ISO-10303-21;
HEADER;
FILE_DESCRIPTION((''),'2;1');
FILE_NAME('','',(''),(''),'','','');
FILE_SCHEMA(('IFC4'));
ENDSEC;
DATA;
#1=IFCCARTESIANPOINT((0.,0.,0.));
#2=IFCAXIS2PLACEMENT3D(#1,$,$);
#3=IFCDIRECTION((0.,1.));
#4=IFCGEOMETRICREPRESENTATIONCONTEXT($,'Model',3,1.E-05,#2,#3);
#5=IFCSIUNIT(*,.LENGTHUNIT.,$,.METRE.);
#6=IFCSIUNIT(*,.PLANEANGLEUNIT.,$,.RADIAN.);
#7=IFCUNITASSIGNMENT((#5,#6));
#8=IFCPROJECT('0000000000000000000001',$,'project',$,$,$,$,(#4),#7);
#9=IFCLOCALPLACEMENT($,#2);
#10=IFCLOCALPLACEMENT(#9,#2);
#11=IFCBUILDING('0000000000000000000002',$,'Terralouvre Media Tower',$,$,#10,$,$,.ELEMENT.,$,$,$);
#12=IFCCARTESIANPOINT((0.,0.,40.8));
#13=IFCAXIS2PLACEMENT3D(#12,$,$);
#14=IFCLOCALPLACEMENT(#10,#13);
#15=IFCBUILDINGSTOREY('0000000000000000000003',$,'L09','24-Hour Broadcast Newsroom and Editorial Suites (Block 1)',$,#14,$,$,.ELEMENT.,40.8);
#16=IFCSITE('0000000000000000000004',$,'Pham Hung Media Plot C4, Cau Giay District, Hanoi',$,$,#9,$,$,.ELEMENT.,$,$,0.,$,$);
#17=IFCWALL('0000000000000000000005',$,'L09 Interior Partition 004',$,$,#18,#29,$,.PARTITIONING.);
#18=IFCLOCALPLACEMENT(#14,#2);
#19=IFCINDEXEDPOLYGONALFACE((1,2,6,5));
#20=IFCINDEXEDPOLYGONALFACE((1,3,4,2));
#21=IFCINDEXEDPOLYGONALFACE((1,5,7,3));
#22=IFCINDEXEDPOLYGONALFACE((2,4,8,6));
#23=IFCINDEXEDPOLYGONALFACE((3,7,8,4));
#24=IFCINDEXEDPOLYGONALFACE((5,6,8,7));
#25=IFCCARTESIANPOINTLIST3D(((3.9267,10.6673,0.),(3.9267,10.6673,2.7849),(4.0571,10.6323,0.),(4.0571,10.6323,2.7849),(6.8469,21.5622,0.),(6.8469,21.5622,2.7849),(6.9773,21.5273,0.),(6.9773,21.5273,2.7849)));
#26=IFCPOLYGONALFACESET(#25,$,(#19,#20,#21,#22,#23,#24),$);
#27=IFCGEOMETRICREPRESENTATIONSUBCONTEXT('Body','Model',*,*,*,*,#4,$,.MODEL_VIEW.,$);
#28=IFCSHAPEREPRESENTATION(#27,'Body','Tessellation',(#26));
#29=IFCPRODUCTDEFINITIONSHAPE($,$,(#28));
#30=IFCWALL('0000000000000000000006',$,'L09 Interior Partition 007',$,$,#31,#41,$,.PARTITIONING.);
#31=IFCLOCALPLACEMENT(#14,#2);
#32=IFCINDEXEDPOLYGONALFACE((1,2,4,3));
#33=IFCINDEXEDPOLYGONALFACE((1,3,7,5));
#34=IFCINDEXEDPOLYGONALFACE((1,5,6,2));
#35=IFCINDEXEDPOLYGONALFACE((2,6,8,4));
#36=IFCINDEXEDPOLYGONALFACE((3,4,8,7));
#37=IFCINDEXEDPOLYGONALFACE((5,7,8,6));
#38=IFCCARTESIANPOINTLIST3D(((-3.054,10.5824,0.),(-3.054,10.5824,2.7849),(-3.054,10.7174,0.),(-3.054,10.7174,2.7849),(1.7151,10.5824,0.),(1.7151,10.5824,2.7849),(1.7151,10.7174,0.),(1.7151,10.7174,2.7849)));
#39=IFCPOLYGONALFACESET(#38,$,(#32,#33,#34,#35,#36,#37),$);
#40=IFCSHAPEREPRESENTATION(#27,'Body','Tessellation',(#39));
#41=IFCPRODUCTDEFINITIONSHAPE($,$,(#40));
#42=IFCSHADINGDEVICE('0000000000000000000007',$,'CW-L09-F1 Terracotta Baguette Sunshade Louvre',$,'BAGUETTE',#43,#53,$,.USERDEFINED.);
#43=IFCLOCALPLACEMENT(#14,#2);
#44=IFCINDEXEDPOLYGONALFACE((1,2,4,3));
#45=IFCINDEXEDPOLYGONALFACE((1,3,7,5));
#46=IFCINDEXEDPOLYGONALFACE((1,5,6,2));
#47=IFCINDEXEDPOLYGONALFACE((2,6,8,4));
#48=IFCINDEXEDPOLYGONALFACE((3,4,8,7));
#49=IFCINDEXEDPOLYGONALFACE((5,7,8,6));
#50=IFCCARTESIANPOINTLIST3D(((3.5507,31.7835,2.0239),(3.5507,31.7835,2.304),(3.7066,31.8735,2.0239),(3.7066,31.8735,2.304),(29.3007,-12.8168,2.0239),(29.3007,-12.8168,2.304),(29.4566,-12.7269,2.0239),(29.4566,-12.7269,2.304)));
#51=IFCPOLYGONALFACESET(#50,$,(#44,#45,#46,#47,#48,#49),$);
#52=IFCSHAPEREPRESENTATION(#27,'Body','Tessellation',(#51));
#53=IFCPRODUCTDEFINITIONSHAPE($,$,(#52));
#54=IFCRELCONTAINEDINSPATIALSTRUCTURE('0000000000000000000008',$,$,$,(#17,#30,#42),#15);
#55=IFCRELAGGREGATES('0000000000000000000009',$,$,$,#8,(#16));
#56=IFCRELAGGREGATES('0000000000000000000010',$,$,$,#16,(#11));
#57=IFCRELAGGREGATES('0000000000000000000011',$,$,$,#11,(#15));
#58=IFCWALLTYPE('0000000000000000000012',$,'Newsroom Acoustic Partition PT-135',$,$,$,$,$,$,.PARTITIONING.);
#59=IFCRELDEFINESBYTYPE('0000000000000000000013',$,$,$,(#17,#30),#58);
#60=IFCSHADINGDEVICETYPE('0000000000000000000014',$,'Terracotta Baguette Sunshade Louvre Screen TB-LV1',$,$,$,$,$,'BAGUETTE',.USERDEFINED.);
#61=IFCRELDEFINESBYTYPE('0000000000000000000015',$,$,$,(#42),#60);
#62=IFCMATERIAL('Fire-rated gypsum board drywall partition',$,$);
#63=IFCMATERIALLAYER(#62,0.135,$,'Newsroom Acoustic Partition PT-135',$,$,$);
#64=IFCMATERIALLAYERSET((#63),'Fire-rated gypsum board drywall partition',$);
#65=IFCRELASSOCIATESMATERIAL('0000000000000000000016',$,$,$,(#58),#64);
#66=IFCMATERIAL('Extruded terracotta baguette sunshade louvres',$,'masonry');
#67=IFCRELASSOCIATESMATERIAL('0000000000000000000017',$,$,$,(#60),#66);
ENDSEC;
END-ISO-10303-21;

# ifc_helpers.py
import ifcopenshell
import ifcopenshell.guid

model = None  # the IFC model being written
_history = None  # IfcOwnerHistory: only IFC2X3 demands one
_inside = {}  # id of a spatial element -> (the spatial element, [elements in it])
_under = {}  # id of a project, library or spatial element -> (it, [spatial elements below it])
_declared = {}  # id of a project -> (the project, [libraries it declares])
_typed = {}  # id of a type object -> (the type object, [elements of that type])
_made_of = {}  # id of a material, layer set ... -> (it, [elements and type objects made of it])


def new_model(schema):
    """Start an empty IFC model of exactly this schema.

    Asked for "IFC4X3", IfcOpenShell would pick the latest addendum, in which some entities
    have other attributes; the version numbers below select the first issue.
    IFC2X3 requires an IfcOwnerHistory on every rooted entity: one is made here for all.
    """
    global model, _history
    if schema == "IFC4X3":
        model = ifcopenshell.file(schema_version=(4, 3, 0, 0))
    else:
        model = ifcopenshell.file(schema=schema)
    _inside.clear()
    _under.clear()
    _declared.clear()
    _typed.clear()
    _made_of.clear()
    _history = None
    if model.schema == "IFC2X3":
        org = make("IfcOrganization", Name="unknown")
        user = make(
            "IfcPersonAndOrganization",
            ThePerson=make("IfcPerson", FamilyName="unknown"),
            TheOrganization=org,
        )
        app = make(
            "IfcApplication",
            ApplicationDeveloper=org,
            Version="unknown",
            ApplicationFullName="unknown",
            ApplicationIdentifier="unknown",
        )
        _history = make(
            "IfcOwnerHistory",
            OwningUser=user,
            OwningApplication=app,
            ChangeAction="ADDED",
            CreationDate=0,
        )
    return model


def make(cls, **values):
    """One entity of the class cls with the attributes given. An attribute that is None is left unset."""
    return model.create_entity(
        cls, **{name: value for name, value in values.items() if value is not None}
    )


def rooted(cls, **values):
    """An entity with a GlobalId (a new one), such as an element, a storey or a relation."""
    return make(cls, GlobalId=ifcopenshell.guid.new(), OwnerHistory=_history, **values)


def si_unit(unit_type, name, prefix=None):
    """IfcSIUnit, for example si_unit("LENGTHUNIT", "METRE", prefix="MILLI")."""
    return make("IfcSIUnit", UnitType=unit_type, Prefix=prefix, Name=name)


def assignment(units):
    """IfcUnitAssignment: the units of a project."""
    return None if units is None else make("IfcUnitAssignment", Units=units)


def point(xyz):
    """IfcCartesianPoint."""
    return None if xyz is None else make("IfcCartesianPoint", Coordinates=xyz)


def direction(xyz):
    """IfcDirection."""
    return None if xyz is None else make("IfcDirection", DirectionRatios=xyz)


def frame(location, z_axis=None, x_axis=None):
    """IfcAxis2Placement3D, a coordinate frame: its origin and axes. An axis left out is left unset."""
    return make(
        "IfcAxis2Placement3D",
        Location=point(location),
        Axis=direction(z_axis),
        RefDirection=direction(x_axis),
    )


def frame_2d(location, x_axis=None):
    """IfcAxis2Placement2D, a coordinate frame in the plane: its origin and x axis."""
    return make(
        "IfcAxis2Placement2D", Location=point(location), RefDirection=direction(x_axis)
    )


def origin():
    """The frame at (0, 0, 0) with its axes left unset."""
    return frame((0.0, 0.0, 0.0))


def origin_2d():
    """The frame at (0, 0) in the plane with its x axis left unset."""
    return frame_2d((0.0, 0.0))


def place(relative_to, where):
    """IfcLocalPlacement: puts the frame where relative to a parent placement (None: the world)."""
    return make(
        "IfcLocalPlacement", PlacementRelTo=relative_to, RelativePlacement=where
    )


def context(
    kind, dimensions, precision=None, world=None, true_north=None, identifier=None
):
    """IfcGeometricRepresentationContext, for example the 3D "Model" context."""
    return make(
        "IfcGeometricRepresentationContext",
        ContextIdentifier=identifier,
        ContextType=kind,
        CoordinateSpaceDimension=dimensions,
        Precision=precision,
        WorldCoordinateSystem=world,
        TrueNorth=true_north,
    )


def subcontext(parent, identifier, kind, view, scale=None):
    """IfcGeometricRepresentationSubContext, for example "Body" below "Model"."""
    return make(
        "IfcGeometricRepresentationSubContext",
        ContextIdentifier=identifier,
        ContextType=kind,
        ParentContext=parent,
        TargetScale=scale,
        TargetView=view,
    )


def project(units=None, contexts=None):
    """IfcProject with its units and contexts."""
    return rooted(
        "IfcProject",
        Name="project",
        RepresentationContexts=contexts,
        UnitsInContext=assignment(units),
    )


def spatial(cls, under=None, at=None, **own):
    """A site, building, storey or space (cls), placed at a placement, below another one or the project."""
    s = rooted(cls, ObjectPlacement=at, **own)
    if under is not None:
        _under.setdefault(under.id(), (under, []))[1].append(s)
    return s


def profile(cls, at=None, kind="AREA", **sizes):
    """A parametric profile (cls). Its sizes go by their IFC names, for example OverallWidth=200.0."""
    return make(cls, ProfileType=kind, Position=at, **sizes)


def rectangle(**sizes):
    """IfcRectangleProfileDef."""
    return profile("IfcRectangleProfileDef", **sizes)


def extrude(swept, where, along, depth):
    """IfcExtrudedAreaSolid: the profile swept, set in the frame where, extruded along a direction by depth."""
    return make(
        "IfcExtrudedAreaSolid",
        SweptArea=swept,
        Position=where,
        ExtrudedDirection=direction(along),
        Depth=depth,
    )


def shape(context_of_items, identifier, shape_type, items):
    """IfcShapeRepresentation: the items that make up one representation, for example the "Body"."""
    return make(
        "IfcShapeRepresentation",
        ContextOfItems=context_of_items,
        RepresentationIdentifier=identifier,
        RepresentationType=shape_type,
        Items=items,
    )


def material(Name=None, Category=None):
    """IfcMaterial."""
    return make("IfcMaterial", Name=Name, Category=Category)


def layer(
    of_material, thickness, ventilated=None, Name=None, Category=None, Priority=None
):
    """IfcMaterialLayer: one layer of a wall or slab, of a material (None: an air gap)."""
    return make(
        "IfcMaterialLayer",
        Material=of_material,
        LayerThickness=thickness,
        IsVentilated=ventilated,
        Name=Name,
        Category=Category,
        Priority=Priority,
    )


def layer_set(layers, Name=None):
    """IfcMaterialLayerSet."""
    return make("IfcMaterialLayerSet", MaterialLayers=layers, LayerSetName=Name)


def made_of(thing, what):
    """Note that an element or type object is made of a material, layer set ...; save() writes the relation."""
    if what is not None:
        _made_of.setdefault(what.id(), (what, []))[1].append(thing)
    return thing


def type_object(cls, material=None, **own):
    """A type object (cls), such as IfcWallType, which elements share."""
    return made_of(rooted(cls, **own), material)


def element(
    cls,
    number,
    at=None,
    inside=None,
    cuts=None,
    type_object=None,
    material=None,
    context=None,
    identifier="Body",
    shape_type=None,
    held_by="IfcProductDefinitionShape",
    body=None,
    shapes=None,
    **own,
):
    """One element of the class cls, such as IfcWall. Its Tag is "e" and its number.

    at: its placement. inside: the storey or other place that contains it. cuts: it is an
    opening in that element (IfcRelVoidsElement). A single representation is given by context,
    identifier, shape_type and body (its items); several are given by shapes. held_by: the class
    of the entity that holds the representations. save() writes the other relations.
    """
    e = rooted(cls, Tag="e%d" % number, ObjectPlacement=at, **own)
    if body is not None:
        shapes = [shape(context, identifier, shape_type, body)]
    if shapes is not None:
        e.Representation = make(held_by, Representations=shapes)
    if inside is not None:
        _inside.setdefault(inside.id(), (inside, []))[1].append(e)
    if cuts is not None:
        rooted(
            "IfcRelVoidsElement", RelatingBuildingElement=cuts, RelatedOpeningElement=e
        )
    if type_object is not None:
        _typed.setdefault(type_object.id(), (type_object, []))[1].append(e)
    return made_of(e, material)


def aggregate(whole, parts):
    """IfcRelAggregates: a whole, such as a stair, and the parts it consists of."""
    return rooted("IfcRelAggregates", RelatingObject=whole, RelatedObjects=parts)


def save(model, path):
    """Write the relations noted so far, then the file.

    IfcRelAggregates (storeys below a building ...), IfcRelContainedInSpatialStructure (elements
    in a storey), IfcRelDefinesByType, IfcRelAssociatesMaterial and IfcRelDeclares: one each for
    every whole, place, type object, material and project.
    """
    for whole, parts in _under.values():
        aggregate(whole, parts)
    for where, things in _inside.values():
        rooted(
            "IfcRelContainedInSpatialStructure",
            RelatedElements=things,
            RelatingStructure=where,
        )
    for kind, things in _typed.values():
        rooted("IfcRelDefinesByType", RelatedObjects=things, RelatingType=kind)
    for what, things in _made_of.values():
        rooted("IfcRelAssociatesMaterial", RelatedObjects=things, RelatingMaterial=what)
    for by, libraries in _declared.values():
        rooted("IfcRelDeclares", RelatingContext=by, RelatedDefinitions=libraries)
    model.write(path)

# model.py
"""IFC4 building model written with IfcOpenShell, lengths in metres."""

from ifc_helpers import new_model, si_unit, direction, frame, frame_2d, origin, origin_2d, place, context, subcontext, project, spatial, rectangle, extrude, material, layer, layer_set, type_object, element, save


model = new_model("IFC4")

# Units and contexts
model_context = context("Model", 3, precision=1e-05, world=origin(), true_north=direction((0.0, 1.0)))
body_context = subcontext(model_context, "Body", "Model", "MODEL_VIEW")
ifc_project = project(units=[si_unit("LENGTHUNIT", "METRE"), si_unit("PLANEANGLEUNIT", "RADIAN")], contexts=[model_context])

# Site, building, storey
site_placement = place(None, origin())
site = spatial("IfcSite", under=ifc_project, at=site_placement, Name="Pham Hung Media Plot C4, Cau Giay District, Hanoi", CompositionType="ELEMENT", RefElevation=0.0)
building_placement = place(site_placement, origin())
building = spatial("IfcBuilding", under=site, at=building_placement, Name="Terralouvre Media Tower", CompositionType="ELEMENT")
storey_placement = place(building_placement, frame((0.0, 0.0, 40.8)))
storey = spatial("IfcBuildingStorey", under=building, at=storey_placement, Name="L09", Description="24-Hour Broadcast Newsroom and Editorial Suites (Block 1)", CompositionType="ELEMENT", Elevation=40.8)

# Walls
ifc_material_1 = material(Name="Fire-rated gypsum board drywall partition")
ifc_layer_1 = layer(ifc_material_1, 0.135, Name="Newsroom Acoustic Partition PT-135")
ifc_layer_set_1 = layer_set([ifc_layer_1], Name="Fire-rated gypsum board drywall partition")
wall_type = type_object("IfcWallType", Name="Newsroom Acoustic Partition PT-135", PredefinedType="PARTITIONING", material=ifc_layer_set_1)
wall_1_placement = place(storey_placement, frame((3.9919, 10.6499, 0.0), z_axis=(0.0, 0.0, 1.0), x_axis=(0.25889, 0.965907, 0.0)))
element("IfcWall", 1, at=wall_1_placement, inside=storey, type_object=wall_type, Name="L09 Interior Partition 004", PredefinedType="PARTITIONING", context=body_context, shape_type="SweptSolid", body=[
    extrude(rectangle(XDim=11.2795, YDim=0.135, at=frame_2d((5.6396, 0.0))), origin(), (0.0, 0.0, 1.0), 2.7849),
])
wall_2_placement = place(storey_placement, frame((1.7151, 10.6499, 0.0), z_axis=(0.0, 0.0, 1.0), x_axis=(-1.0, 0.0, 0.0)))
element("IfcWall", 2, at=wall_2_placement, inside=storey, type_object=wall_type, Name="L09 Interior Partition 007", PredefinedType="PARTITIONING", context=body_context, shape_type="SweptSolid", body=[
    extrude(rectangle(XDim=4.769, YDim=0.135, at=frame_2d((2.3845, 0.0))), origin(), (0.0, 0.0, 1.0), 2.7849),
])

# Shading device
ifc_material_2 = material(Name="Extruded terracotta baguette sunshade louvres", Category="masonry")
shading_device_type = type_object("IfcShadingDeviceType", Name="Terracotta Baguette Sunshade Louvre Screen TB-LV1", ElementType="BAGUETTE", PredefinedType="USERDEFINED", material=ifc_material_2)
shading_device_placement = place(storey_placement, frame((16.5037, 9.5283, 2.0239), z_axis=(0.0, 0.0, 1.0), x_axis=(-0.5, 0.866025, 0.0)))
element("IfcShadingDevice", 3, at=shading_device_placement, inside=storey, type_object=shading_device_type, Name="CW-L09-F1 Terracotta Baguette Sunshade Louvre", ObjectType="BAGUETTE", PredefinedType="USERDEFINED", context=body_context, shape_type="SweptSolid", body=[
    extrude(rectangle(XDim=51.5, YDim=0.1799, at=origin_2d()), origin(), (0.0, 0.0, 1.0), 0.28),
])

save(model, "model.ifc")
